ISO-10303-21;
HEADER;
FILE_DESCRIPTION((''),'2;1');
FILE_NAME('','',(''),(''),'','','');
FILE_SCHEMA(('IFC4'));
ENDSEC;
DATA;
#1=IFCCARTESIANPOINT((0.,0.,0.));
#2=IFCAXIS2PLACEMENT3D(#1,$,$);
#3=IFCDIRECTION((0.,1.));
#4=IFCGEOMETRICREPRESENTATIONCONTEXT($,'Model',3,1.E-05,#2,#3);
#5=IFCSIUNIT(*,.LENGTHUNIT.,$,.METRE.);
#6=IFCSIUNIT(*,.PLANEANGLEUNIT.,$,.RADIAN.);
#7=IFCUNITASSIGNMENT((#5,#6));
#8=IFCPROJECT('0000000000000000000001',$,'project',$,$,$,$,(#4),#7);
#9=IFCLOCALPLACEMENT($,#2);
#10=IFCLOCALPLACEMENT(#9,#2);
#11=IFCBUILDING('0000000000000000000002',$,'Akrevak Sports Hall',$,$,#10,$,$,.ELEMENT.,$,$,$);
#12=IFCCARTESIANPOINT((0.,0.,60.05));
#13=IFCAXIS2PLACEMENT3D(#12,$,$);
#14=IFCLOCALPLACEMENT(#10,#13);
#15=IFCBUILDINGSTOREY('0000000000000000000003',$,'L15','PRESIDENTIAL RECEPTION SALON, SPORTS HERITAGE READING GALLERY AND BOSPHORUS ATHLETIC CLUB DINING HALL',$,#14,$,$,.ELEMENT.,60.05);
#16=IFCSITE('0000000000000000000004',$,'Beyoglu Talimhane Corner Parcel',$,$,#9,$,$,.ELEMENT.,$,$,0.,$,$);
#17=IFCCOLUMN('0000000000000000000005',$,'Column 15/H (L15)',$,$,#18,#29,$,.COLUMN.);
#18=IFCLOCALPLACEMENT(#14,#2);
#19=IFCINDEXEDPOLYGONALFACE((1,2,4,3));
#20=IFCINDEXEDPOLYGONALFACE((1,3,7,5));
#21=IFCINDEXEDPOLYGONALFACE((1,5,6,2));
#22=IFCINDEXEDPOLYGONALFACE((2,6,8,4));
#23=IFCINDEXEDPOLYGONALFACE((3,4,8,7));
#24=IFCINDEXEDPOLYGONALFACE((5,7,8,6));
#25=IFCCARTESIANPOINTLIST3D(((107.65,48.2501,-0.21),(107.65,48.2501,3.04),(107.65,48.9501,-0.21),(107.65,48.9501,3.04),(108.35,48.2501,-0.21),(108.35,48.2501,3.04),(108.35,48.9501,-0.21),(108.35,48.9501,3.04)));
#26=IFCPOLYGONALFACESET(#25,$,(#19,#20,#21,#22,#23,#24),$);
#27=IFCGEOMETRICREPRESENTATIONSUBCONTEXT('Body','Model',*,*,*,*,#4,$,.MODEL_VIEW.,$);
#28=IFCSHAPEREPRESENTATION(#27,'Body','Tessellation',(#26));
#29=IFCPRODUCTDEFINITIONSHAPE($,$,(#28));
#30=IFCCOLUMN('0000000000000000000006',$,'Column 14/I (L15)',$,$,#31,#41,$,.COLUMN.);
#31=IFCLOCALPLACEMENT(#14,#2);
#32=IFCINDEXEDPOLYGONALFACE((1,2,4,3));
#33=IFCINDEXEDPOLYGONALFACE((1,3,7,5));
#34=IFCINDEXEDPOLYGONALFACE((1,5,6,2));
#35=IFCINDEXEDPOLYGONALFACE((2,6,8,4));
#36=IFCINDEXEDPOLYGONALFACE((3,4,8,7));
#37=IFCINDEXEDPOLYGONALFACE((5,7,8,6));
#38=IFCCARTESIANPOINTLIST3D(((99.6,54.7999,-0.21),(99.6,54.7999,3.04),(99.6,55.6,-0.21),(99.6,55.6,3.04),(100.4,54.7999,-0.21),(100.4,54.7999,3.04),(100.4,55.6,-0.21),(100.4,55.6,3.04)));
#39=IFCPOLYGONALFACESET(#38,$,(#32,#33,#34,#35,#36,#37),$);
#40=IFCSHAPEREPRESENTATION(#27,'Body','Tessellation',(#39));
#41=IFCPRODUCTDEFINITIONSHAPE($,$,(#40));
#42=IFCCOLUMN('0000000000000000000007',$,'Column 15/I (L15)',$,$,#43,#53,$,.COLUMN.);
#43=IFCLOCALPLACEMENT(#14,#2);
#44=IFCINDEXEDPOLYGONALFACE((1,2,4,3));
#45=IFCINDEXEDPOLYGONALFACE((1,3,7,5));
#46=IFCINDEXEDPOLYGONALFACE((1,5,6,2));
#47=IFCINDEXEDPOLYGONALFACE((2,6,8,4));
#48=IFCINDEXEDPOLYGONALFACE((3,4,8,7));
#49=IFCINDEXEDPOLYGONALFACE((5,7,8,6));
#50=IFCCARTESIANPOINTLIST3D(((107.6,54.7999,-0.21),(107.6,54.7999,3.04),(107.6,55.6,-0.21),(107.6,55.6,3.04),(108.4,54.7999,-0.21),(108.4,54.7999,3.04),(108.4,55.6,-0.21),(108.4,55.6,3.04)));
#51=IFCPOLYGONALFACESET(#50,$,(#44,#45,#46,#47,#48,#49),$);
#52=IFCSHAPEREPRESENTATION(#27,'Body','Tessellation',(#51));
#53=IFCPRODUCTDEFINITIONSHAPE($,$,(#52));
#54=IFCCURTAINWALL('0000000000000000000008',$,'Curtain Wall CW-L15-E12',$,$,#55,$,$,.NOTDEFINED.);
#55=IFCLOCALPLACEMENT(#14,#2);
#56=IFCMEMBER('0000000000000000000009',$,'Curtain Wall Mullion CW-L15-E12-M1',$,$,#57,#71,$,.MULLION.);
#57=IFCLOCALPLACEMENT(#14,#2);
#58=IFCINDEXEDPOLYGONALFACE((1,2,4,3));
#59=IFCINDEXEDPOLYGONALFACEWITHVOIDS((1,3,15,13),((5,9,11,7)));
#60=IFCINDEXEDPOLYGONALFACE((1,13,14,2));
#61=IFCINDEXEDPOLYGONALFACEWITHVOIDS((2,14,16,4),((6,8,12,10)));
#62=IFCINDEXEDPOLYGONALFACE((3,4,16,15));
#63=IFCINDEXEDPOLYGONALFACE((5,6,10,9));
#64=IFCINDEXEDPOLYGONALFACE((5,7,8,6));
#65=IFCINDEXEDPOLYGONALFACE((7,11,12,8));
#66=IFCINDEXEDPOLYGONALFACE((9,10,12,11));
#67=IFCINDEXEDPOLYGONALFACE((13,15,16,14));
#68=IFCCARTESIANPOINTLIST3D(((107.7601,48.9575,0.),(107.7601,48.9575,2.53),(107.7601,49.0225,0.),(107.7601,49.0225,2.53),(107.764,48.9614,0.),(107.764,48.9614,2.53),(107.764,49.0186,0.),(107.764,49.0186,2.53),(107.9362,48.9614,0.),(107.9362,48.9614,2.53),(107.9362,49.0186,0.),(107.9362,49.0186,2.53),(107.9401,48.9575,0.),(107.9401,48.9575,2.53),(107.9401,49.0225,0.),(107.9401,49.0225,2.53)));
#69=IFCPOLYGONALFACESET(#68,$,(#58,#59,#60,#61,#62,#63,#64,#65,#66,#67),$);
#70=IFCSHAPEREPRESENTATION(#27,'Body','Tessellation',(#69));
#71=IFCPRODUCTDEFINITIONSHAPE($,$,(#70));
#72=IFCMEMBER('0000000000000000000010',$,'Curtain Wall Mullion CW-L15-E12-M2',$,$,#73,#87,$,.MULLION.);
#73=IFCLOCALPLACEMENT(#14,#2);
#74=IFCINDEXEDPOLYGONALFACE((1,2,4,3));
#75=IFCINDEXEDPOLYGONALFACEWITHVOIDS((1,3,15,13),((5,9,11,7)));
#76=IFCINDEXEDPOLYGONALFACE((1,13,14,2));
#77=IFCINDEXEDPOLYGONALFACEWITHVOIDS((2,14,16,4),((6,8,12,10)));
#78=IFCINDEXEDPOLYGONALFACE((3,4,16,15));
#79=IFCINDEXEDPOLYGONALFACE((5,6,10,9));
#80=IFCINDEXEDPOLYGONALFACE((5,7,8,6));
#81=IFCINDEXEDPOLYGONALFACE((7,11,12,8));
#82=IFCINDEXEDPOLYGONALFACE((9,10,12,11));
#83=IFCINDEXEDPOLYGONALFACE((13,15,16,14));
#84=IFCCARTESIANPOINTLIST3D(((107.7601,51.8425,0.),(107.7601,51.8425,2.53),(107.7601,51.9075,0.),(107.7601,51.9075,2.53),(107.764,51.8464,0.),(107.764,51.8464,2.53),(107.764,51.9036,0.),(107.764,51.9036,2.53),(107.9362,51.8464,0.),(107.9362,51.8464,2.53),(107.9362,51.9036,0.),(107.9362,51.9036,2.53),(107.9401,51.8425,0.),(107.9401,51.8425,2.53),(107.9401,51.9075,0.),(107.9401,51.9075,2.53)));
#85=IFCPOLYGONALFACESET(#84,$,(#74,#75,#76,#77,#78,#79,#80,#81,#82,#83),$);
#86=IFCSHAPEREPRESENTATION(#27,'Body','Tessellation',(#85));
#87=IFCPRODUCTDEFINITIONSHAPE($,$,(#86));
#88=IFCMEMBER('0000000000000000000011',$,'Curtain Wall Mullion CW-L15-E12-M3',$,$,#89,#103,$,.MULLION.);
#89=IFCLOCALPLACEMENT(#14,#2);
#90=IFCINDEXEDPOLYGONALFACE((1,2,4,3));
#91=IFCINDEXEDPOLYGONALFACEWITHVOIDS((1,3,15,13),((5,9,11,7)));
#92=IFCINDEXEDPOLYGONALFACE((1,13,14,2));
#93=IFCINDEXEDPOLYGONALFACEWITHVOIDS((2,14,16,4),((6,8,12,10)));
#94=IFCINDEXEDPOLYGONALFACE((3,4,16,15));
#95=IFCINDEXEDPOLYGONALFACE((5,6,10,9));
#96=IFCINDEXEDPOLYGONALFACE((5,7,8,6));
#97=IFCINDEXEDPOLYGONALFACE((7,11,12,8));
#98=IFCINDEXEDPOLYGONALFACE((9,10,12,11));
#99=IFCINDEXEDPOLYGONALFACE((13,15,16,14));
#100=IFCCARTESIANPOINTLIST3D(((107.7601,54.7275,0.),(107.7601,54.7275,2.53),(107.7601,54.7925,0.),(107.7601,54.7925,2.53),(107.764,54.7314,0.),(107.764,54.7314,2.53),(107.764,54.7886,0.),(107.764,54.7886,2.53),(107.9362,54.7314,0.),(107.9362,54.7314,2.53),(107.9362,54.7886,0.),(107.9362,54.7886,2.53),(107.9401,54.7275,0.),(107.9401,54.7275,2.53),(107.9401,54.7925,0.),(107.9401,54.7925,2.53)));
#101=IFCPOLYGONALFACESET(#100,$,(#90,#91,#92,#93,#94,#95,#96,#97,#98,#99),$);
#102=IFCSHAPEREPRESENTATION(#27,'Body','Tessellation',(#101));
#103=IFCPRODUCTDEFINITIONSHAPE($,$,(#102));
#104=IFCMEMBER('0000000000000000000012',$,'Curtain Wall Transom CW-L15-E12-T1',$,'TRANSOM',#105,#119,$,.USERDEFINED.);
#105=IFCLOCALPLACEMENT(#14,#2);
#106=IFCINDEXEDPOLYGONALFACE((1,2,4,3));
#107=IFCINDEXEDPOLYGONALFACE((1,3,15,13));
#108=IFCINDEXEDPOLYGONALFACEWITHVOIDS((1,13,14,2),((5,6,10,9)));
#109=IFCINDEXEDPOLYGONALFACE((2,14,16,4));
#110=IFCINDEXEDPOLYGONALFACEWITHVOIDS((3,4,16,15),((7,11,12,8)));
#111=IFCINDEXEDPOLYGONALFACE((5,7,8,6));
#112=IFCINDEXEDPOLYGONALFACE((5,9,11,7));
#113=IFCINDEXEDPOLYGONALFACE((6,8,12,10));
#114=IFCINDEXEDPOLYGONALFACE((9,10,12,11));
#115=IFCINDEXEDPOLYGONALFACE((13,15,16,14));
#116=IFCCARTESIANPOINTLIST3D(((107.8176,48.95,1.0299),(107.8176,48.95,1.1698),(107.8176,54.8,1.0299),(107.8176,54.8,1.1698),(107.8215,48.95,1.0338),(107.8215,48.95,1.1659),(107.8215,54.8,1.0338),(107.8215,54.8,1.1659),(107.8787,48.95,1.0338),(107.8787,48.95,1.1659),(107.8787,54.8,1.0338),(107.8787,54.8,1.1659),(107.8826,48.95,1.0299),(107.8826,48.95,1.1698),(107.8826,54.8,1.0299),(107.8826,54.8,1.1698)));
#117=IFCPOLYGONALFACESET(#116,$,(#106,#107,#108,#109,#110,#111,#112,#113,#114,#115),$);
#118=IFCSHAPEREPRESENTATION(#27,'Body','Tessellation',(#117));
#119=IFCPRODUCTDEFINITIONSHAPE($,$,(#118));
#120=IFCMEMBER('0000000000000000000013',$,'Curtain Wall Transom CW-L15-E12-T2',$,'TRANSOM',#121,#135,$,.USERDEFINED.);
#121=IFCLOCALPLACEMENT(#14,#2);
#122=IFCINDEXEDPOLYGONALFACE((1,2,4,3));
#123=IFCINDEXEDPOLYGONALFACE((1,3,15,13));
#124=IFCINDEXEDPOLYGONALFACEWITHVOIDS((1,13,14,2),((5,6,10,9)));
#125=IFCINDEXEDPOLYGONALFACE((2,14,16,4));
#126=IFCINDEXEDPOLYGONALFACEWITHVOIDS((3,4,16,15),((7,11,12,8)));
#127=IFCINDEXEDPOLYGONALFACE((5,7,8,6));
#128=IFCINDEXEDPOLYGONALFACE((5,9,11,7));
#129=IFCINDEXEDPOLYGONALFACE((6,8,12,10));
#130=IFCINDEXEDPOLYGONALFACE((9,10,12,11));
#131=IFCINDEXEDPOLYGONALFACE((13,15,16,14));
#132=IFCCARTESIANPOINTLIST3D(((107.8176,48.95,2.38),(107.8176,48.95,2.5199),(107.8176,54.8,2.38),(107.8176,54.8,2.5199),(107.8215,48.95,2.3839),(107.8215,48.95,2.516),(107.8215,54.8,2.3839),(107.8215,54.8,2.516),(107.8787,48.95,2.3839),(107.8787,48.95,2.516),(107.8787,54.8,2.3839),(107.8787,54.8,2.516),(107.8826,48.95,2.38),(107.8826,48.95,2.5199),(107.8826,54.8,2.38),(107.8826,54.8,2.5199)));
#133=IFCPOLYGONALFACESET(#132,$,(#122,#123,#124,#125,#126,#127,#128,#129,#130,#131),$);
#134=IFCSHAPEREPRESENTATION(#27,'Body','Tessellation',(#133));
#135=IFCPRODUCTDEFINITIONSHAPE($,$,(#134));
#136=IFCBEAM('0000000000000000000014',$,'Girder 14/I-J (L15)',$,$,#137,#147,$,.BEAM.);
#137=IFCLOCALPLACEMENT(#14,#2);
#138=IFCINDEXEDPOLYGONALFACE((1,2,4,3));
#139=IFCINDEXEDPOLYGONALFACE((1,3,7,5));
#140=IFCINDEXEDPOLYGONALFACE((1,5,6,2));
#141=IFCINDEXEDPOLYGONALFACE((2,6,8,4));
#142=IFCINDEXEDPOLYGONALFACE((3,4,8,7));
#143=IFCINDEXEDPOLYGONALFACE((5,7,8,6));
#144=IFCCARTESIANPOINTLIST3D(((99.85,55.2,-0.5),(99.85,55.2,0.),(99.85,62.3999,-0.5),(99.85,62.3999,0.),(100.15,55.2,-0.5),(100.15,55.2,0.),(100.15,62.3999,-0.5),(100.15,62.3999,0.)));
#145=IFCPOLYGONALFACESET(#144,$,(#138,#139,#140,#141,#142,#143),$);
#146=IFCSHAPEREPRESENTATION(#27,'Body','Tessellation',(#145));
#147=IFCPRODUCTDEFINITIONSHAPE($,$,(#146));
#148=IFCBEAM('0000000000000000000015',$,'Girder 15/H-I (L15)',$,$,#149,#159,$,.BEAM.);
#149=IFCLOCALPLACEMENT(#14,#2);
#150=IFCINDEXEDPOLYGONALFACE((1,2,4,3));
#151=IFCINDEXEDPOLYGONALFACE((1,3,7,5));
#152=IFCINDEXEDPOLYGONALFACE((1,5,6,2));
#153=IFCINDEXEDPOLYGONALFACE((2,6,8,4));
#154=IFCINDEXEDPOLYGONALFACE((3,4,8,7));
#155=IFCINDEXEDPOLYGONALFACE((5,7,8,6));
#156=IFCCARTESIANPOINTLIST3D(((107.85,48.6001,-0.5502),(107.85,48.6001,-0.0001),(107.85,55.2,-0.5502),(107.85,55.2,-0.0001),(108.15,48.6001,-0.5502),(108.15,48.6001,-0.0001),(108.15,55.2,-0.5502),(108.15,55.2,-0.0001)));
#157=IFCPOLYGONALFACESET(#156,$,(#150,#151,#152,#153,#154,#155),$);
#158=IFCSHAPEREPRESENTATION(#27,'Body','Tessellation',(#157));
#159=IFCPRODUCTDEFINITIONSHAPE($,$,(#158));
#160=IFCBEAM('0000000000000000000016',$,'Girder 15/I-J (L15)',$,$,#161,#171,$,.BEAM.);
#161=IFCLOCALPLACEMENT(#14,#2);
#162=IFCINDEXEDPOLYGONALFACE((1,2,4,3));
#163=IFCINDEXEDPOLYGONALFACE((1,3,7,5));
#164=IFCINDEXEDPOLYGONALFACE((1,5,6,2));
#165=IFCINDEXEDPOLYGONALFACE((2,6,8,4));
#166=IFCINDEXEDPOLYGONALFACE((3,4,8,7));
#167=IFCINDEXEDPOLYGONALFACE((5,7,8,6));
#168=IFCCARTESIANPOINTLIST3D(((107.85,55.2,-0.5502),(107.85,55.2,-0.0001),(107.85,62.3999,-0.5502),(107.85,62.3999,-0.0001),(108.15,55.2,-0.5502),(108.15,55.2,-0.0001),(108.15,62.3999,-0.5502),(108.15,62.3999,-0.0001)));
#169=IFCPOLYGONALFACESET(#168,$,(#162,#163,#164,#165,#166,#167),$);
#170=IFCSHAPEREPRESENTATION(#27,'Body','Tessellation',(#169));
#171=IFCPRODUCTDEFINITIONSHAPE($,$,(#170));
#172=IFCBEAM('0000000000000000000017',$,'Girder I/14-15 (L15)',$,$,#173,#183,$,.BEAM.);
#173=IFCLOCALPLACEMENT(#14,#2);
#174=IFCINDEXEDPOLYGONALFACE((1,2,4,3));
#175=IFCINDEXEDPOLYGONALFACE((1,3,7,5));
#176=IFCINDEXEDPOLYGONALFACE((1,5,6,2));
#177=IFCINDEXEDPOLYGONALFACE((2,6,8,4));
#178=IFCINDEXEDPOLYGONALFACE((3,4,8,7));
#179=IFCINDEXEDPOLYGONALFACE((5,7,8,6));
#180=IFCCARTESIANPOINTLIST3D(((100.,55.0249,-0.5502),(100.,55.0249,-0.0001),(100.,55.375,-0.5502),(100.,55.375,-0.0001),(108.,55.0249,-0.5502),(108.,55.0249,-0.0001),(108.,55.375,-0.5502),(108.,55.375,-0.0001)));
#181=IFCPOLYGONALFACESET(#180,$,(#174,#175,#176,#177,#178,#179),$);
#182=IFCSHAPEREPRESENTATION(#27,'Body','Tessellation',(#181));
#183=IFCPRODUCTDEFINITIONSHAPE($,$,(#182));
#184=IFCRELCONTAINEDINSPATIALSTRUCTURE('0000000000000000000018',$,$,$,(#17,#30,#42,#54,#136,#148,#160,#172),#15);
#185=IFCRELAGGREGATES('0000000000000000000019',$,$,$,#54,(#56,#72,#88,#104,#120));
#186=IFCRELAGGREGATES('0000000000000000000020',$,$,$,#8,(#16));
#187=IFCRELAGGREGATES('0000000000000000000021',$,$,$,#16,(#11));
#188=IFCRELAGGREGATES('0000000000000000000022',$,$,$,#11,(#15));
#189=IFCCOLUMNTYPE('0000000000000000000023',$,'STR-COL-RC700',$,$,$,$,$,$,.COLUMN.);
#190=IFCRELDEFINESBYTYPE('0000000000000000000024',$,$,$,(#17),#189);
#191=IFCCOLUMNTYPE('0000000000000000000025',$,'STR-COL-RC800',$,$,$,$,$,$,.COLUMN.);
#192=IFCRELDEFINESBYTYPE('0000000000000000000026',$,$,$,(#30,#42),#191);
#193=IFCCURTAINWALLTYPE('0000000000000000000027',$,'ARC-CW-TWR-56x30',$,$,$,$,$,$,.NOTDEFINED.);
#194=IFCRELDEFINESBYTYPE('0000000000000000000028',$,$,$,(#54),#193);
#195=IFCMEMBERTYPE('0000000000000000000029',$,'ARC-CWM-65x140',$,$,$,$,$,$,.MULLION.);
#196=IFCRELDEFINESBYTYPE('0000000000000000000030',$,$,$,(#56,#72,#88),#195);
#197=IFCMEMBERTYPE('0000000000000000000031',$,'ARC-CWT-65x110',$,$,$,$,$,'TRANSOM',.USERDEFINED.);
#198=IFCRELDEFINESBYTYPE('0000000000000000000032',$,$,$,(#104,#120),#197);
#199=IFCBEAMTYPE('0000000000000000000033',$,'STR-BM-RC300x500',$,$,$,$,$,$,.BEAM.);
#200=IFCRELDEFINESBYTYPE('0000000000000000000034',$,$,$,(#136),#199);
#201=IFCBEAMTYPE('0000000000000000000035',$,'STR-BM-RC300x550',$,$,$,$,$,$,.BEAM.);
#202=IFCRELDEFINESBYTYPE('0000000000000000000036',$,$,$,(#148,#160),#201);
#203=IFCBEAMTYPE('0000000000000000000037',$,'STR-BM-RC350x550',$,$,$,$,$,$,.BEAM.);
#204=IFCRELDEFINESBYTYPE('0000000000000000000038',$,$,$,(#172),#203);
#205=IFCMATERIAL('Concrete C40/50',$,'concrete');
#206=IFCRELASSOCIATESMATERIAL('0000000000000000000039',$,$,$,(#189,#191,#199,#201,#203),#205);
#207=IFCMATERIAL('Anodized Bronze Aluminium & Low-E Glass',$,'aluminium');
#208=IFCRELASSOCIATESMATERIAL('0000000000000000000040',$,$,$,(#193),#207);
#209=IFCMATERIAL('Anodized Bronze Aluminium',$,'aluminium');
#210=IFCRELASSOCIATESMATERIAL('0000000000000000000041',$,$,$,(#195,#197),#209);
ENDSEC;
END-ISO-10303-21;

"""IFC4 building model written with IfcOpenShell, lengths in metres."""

from ifc_helpers import new_model, si_unit, direction, frame, origin, origin_2d, place, context, subcontext, project, spatial, rectangle, hollow_rectangle, extrude, material, material_profile, profile_set, type_object, element, aggregate, save


model = new_model("IFC4")

# Units and contexts
model_context = context("Model", 3, precision=1e-05, world=origin(), true_north=direction((0.0, 1.0)))
body_context = subcontext(model_context, "Body", "Model", "MODEL_VIEW")
ifc_project = project(units=[si_unit("LENGTHUNIT", "METRE"), si_unit("PLANEANGLEUNIT", "RADIAN")], contexts=[model_context])

# Site, building, storey
site_placement = place(None, origin())
site = spatial("IfcSite", under=ifc_project, at=site_placement, Name="Beyoglu Talimhane Corner Parcel", CompositionType="ELEMENT", RefElevation=0.0)
building_placement = place(site_placement, origin())
building = spatial("IfcBuilding", under=site, at=building_placement, Name="Akrevak Sports Hall", CompositionType="ELEMENT")
storey_placement = place(building_placement, frame((0.0, 0.0, 60.05)))
storey = spatial("IfcBuildingStorey", under=building, at=storey_placement, Name="L15", Description="PRESIDENTIAL RECEPTION SALON, SPORTS HERITAGE READING GALLERY AND BOSPHORUS ATHLETIC CLUB DINING HALL", CompositionType="ELEMENT", Elevation=60.05)

# Columns
ifc_material_1 = material(Name="Concrete C40/50", Category="concrete")
ifc_material_profile_1 = material_profile(ifc_material_1, rectangle(XDim=0.7, YDim=0.7, at=origin_2d()), Name="RC 700x700", Category="concrete")
ifc_profile_set_1 = profile_set([ifc_material_profile_1], Name="Concrete C40/50")
column_type_1 = type_object("IfcColumnType", Name="STR-COL-RC700", PredefinedType="COLUMN", material=ifc_profile_set_1)
column_placement = place(storey_placement, frame((108.0, 48.6001, -0.21), z_axis=(0.0, 0.0, 1.0), x_axis=(1.0, 0.0, 0.0)))
element("IfcColumn", 1, at=column_placement, inside=storey, type_object=column_type_1, Name="Column 15/H (L15)", PredefinedType="COLUMN", context=body_context, shape_type="SweptSolid", body=[
    extrude(rectangle(XDim=0.7, YDim=0.7, at=origin_2d()), origin(), (0.0, 0.0, 1.0), 3.25),
])
ifc_material_profile_2 = material_profile(ifc_material_1, rectangle(XDim=0.8, YDim=0.8, at=origin_2d()), Name="RC 800x800", Category="concrete")
ifc_profile_set_2 = profile_set([ifc_material_profile_2], Name="Concrete C40/50")
column_type_2 = type_object("IfcColumnType", Name="STR-COL-RC800", PredefinedType="COLUMN", material=ifc_profile_set_2)
for number, where, z_axis, x_axis, name in (
    (2, (100.0, 55.2, -0.21), (0.0, 0.0, 1.0), (1.0, 0.0, 0.0), "Column 14/I (L15)"),
    (3, (108.0, 55.2, -0.21), (0.0, 0.0, 1.0), (1.0, 0.0, 0.0), "Column 15/I (L15)"),
):
    element("IfcColumn", number, at=place(storey_placement, frame(where, z_axis=z_axis, x_axis=x_axis)), inside=storey, type_object=column_type_2, Name=name, PredefinedType="COLUMN", context=body_context, shape_type="SweptSolid", body=[
        extrude(rectangle(XDim=0.8, YDim=0.8, at=origin_2d()), origin(), (0.0, 0.0, 1.0), 3.25),
    ])

# Curtain wall, members
ifc_material_2 = material(Name="Anodized Bronze Aluminium & Low-E Glass", Category="aluminium")
curtain_wall_type = type_object("IfcCurtainWallType", Name="ARC-CW-TWR-56x30", PredefinedType="NOTDEFINED", material=ifc_material_2)
curtain_wall_placement = place(storey_placement, origin())
curtain_wall = element("IfcCurtainWall", 4, at=curtain_wall_placement, inside=storey, type_object=curtain_wall_type, Name="Curtain Wall CW-L15-E12", PredefinedType="NOTDEFINED")
ifc_material_3 = material(Name="Anodized Bronze Aluminium", Category="aluminium")
ifc_material_profile_3 = material_profile(ifc_material_3, hollow_rectangle(XDim=0.0649, YDim=0.1799, WallThickness=0.0039, at=origin_2d()), Name="CWM 65x180", Category="aluminium")
ifc_profile_set_3 = profile_set([ifc_material_profile_3], Name="Anodized Bronze Aluminium")
member_type_1 = type_object("IfcMemberType", Name="ARC-CWM-65x140", PredefinedType="MULLION", material=ifc_profile_set_3)
member_1_placement = place(storey_placement, frame((107.8501, 48.99, 0.0), z_axis=(0.0, 0.0, 1.0), x_axis=(0.0, 1.0, 0.0)))
member_1 = element("IfcMember", 5, at=member_1_placement, type_object=member_type_1, Name="Curtain Wall Mullion CW-L15-E12-M1", PredefinedType="MULLION", context=body_context, shape_type="SweptSolid", body=[
    extrude(hollow_rectangle(XDim=0.0649, YDim=0.1799, WallThickness=0.0039, at=origin_2d()), origin(), (0.0, 0.0, 1.0), 2.53),
])
member_2_placement = place(storey_placement, frame((107.8501, 51.875, 0.0), z_axis=(0.0, 0.0, 1.0), x_axis=(0.0, 1.0, 0.0)))
member_2 = element("IfcMember", 6, at=member_2_placement, type_object=member_type_1, Name="Curtain Wall Mullion CW-L15-E12-M2", PredefinedType="MULLION", context=body_context, shape_type="SweptSolid", body=[
    extrude(hollow_rectangle(XDim=0.0649, YDim=0.1799, WallThickness=0.0039, at=origin_2d()), origin(), (0.0, 0.0, 1.0), 2.53),
])
member_3_placement = place(storey_placement, frame((107.8501, 54.76, 0.0), z_axis=(0.0, 0.0, 1.0), x_axis=(0.0, 1.0, 0.0)))
member_3 = element("IfcMember", 7, at=member_3_placement, type_object=member_type_1, Name="Curtain Wall Mullion CW-L15-E12-M3", PredefinedType="MULLION", context=body_context, shape_type="SweptSolid", body=[
    extrude(hollow_rectangle(XDim=0.0649, YDim=0.1799, WallThickness=0.0039, at=origin_2d()), origin(), (0.0, 0.0, 1.0), 2.53),
])
ifc_material_profile_4 = material_profile(ifc_material_3, hollow_rectangle(XDim=0.0649, YDim=0.1399, WallThickness=0.0039, at=origin_2d()), Name="CWT 65x140", Category="aluminium")
ifc_profile_set_4 = profile_set([ifc_material_profile_4], Name="Anodized Bronze Aluminium")
member_type_2 = type_object("IfcMemberType", Name="ARC-CWT-65x110", ElementType="TRANSOM", PredefinedType="USERDEFINED", material=ifc_profile_set_4)
member_4_placement = place(storey_placement, frame((107.8501, 48.95, 1.0999), z_axis=(0.0, 1.0, 0.0), x_axis=(-1.0, 0.0, 0.0)))
member_4 = element("IfcMember", 8, at=member_4_placement, type_object=member_type_2, Name="Curtain Wall Transom CW-L15-E12-T1", ObjectType="TRANSOM", PredefinedType="USERDEFINED", context=body_context, shape_type="SweptSolid", body=[
    extrude(hollow_rectangle(XDim=0.0649, YDim=0.1399, WallThickness=0.0039, at=origin_2d()), origin(), (0.0, 0.0, 1.0), 5.8501),
])
member_5_placement = place(storey_placement, frame((107.8501, 48.95, 2.45), z_axis=(0.0, 1.0, 0.0), x_axis=(-1.0, 0.0, 0.0)))
member_5 = element("IfcMember", 9, at=member_5_placement, type_object=member_type_2, Name="Curtain Wall Transom CW-L15-E12-T2", ObjectType="TRANSOM", PredefinedType="USERDEFINED", context=body_context, shape_type="SweptSolid", body=[
    extrude(hollow_rectangle(XDim=0.0649, YDim=0.1399, WallThickness=0.0039, at=origin_2d()), origin(), (0.0, 0.0, 1.0), 5.8501),
])

# Beams
ifc_material_profile_5 = material_profile(ifc_material_1, rectangle(XDim=0.3, YDim=0.5, at=origin_2d()), Name="BM 300x500", Category="concrete")
ifc_profile_set_5 = profile_set([ifc_material_profile_5], Name="Concrete C40/50")
beam_type_1 = type_object("IfcBeamType", Name="STR-BM-RC300x500", PredefinedType="BEAM", material=ifc_profile_set_5)
beam_1_placement = place(storey_placement, frame((100.0, 55.2, -0.25), z_axis=(0.0, 1.0, 0.0), x_axis=(-1.0, 0.0, 0.0)))
element("IfcBeam", 10, at=beam_1_placement, inside=storey, type_object=beam_type_1, Name="Girder 14/I-J (L15)", PredefinedType="BEAM", context=body_context, shape_type="SweptSolid", body=[
    extrude(rectangle(XDim=0.3, YDim=0.5, at=origin_2d()), origin(), (0.0, 0.0, 1.0), 7.2),
])
ifc_material_profile_6 = material_profile(ifc_material_1, rectangle(XDim=0.3, YDim=0.55, at=origin_2d()), Name="BM 300x550", Category="concrete")
ifc_profile_set_6 = profile_set([ifc_material_profile_6], Name="Concrete C40/50")
beam_type_2 = type_object("IfcBeamType", Name="STR-BM-RC300x550", PredefinedType="BEAM", material=ifc_profile_set_6)
beam_2_placement = place(storey_placement, frame((108.0, 48.6001, -0.2751), z_axis=(0.0, 1.0, 0.0), x_axis=(-1.0, 0.0, 0.0)))
element("IfcBeam", 11, at=beam_2_placement, inside=storey, type_object=beam_type_2, Name="Girder 15/H-I (L15)", PredefinedType="BEAM", context=body_context, shape_type="SweptSolid", body=[
    extrude(rectangle(XDim=0.3, YDim=0.55, at=origin_2d()), origin(), (0.0, 0.0, 1.0), 6.5999),
])
beam_3_placement = place(storey_placement, frame((108.0, 55.2, -0.2751), z_axis=(0.0, 1.0, 0.0), x_axis=(-1.0, 0.0, 0.0)))
element("IfcBeam", 12, at=beam_3_placement, inside=storey, type_object=beam_type_2, Name="Girder 15/I-J (L15)", PredefinedType="BEAM", context=body_context, shape_type="SweptSolid", body=[
    extrude(rectangle(XDim=0.3, YDim=0.55, at=origin_2d()), origin(), (0.0, 0.0, 1.0), 7.2),
])
ifc_material_profile_7 = material_profile(ifc_material_1, rectangle(XDim=0.3501, YDim=0.55, at=origin_2d()), Name="BM 350x550", Category="concrete")
ifc_profile_set_7 = profile_set([ifc_material_profile_7], Name="Concrete C40/50")
beam_type_3 = type_object("IfcBeamType", Name="STR-BM-RC350x550", PredefinedType="BEAM", material=ifc_profile_set_7)
beam_4_placement = place(storey_placement, frame((100.0, 55.2, -0.2751), z_axis=(1.0, 0.0, 0.0), x_axis=(0.0, 1.0, 0.0)))
element("IfcBeam", 13, at=beam_4_placement, inside=storey, type_object=beam_type_3, Name="Girder I/14-15 (L15)", PredefinedType="BEAM", context=body_context, shape_type="SweptSolid", body=[
    extrude(rectangle(XDim=0.3501, YDim=0.55, at=origin_2d()), origin(), (0.0, 0.0, 1.0), 8.0),
])

aggregate(curtain_wall, [member_1, member_2, member_3, member_4, member_5])

save(model, "model.ifc")
